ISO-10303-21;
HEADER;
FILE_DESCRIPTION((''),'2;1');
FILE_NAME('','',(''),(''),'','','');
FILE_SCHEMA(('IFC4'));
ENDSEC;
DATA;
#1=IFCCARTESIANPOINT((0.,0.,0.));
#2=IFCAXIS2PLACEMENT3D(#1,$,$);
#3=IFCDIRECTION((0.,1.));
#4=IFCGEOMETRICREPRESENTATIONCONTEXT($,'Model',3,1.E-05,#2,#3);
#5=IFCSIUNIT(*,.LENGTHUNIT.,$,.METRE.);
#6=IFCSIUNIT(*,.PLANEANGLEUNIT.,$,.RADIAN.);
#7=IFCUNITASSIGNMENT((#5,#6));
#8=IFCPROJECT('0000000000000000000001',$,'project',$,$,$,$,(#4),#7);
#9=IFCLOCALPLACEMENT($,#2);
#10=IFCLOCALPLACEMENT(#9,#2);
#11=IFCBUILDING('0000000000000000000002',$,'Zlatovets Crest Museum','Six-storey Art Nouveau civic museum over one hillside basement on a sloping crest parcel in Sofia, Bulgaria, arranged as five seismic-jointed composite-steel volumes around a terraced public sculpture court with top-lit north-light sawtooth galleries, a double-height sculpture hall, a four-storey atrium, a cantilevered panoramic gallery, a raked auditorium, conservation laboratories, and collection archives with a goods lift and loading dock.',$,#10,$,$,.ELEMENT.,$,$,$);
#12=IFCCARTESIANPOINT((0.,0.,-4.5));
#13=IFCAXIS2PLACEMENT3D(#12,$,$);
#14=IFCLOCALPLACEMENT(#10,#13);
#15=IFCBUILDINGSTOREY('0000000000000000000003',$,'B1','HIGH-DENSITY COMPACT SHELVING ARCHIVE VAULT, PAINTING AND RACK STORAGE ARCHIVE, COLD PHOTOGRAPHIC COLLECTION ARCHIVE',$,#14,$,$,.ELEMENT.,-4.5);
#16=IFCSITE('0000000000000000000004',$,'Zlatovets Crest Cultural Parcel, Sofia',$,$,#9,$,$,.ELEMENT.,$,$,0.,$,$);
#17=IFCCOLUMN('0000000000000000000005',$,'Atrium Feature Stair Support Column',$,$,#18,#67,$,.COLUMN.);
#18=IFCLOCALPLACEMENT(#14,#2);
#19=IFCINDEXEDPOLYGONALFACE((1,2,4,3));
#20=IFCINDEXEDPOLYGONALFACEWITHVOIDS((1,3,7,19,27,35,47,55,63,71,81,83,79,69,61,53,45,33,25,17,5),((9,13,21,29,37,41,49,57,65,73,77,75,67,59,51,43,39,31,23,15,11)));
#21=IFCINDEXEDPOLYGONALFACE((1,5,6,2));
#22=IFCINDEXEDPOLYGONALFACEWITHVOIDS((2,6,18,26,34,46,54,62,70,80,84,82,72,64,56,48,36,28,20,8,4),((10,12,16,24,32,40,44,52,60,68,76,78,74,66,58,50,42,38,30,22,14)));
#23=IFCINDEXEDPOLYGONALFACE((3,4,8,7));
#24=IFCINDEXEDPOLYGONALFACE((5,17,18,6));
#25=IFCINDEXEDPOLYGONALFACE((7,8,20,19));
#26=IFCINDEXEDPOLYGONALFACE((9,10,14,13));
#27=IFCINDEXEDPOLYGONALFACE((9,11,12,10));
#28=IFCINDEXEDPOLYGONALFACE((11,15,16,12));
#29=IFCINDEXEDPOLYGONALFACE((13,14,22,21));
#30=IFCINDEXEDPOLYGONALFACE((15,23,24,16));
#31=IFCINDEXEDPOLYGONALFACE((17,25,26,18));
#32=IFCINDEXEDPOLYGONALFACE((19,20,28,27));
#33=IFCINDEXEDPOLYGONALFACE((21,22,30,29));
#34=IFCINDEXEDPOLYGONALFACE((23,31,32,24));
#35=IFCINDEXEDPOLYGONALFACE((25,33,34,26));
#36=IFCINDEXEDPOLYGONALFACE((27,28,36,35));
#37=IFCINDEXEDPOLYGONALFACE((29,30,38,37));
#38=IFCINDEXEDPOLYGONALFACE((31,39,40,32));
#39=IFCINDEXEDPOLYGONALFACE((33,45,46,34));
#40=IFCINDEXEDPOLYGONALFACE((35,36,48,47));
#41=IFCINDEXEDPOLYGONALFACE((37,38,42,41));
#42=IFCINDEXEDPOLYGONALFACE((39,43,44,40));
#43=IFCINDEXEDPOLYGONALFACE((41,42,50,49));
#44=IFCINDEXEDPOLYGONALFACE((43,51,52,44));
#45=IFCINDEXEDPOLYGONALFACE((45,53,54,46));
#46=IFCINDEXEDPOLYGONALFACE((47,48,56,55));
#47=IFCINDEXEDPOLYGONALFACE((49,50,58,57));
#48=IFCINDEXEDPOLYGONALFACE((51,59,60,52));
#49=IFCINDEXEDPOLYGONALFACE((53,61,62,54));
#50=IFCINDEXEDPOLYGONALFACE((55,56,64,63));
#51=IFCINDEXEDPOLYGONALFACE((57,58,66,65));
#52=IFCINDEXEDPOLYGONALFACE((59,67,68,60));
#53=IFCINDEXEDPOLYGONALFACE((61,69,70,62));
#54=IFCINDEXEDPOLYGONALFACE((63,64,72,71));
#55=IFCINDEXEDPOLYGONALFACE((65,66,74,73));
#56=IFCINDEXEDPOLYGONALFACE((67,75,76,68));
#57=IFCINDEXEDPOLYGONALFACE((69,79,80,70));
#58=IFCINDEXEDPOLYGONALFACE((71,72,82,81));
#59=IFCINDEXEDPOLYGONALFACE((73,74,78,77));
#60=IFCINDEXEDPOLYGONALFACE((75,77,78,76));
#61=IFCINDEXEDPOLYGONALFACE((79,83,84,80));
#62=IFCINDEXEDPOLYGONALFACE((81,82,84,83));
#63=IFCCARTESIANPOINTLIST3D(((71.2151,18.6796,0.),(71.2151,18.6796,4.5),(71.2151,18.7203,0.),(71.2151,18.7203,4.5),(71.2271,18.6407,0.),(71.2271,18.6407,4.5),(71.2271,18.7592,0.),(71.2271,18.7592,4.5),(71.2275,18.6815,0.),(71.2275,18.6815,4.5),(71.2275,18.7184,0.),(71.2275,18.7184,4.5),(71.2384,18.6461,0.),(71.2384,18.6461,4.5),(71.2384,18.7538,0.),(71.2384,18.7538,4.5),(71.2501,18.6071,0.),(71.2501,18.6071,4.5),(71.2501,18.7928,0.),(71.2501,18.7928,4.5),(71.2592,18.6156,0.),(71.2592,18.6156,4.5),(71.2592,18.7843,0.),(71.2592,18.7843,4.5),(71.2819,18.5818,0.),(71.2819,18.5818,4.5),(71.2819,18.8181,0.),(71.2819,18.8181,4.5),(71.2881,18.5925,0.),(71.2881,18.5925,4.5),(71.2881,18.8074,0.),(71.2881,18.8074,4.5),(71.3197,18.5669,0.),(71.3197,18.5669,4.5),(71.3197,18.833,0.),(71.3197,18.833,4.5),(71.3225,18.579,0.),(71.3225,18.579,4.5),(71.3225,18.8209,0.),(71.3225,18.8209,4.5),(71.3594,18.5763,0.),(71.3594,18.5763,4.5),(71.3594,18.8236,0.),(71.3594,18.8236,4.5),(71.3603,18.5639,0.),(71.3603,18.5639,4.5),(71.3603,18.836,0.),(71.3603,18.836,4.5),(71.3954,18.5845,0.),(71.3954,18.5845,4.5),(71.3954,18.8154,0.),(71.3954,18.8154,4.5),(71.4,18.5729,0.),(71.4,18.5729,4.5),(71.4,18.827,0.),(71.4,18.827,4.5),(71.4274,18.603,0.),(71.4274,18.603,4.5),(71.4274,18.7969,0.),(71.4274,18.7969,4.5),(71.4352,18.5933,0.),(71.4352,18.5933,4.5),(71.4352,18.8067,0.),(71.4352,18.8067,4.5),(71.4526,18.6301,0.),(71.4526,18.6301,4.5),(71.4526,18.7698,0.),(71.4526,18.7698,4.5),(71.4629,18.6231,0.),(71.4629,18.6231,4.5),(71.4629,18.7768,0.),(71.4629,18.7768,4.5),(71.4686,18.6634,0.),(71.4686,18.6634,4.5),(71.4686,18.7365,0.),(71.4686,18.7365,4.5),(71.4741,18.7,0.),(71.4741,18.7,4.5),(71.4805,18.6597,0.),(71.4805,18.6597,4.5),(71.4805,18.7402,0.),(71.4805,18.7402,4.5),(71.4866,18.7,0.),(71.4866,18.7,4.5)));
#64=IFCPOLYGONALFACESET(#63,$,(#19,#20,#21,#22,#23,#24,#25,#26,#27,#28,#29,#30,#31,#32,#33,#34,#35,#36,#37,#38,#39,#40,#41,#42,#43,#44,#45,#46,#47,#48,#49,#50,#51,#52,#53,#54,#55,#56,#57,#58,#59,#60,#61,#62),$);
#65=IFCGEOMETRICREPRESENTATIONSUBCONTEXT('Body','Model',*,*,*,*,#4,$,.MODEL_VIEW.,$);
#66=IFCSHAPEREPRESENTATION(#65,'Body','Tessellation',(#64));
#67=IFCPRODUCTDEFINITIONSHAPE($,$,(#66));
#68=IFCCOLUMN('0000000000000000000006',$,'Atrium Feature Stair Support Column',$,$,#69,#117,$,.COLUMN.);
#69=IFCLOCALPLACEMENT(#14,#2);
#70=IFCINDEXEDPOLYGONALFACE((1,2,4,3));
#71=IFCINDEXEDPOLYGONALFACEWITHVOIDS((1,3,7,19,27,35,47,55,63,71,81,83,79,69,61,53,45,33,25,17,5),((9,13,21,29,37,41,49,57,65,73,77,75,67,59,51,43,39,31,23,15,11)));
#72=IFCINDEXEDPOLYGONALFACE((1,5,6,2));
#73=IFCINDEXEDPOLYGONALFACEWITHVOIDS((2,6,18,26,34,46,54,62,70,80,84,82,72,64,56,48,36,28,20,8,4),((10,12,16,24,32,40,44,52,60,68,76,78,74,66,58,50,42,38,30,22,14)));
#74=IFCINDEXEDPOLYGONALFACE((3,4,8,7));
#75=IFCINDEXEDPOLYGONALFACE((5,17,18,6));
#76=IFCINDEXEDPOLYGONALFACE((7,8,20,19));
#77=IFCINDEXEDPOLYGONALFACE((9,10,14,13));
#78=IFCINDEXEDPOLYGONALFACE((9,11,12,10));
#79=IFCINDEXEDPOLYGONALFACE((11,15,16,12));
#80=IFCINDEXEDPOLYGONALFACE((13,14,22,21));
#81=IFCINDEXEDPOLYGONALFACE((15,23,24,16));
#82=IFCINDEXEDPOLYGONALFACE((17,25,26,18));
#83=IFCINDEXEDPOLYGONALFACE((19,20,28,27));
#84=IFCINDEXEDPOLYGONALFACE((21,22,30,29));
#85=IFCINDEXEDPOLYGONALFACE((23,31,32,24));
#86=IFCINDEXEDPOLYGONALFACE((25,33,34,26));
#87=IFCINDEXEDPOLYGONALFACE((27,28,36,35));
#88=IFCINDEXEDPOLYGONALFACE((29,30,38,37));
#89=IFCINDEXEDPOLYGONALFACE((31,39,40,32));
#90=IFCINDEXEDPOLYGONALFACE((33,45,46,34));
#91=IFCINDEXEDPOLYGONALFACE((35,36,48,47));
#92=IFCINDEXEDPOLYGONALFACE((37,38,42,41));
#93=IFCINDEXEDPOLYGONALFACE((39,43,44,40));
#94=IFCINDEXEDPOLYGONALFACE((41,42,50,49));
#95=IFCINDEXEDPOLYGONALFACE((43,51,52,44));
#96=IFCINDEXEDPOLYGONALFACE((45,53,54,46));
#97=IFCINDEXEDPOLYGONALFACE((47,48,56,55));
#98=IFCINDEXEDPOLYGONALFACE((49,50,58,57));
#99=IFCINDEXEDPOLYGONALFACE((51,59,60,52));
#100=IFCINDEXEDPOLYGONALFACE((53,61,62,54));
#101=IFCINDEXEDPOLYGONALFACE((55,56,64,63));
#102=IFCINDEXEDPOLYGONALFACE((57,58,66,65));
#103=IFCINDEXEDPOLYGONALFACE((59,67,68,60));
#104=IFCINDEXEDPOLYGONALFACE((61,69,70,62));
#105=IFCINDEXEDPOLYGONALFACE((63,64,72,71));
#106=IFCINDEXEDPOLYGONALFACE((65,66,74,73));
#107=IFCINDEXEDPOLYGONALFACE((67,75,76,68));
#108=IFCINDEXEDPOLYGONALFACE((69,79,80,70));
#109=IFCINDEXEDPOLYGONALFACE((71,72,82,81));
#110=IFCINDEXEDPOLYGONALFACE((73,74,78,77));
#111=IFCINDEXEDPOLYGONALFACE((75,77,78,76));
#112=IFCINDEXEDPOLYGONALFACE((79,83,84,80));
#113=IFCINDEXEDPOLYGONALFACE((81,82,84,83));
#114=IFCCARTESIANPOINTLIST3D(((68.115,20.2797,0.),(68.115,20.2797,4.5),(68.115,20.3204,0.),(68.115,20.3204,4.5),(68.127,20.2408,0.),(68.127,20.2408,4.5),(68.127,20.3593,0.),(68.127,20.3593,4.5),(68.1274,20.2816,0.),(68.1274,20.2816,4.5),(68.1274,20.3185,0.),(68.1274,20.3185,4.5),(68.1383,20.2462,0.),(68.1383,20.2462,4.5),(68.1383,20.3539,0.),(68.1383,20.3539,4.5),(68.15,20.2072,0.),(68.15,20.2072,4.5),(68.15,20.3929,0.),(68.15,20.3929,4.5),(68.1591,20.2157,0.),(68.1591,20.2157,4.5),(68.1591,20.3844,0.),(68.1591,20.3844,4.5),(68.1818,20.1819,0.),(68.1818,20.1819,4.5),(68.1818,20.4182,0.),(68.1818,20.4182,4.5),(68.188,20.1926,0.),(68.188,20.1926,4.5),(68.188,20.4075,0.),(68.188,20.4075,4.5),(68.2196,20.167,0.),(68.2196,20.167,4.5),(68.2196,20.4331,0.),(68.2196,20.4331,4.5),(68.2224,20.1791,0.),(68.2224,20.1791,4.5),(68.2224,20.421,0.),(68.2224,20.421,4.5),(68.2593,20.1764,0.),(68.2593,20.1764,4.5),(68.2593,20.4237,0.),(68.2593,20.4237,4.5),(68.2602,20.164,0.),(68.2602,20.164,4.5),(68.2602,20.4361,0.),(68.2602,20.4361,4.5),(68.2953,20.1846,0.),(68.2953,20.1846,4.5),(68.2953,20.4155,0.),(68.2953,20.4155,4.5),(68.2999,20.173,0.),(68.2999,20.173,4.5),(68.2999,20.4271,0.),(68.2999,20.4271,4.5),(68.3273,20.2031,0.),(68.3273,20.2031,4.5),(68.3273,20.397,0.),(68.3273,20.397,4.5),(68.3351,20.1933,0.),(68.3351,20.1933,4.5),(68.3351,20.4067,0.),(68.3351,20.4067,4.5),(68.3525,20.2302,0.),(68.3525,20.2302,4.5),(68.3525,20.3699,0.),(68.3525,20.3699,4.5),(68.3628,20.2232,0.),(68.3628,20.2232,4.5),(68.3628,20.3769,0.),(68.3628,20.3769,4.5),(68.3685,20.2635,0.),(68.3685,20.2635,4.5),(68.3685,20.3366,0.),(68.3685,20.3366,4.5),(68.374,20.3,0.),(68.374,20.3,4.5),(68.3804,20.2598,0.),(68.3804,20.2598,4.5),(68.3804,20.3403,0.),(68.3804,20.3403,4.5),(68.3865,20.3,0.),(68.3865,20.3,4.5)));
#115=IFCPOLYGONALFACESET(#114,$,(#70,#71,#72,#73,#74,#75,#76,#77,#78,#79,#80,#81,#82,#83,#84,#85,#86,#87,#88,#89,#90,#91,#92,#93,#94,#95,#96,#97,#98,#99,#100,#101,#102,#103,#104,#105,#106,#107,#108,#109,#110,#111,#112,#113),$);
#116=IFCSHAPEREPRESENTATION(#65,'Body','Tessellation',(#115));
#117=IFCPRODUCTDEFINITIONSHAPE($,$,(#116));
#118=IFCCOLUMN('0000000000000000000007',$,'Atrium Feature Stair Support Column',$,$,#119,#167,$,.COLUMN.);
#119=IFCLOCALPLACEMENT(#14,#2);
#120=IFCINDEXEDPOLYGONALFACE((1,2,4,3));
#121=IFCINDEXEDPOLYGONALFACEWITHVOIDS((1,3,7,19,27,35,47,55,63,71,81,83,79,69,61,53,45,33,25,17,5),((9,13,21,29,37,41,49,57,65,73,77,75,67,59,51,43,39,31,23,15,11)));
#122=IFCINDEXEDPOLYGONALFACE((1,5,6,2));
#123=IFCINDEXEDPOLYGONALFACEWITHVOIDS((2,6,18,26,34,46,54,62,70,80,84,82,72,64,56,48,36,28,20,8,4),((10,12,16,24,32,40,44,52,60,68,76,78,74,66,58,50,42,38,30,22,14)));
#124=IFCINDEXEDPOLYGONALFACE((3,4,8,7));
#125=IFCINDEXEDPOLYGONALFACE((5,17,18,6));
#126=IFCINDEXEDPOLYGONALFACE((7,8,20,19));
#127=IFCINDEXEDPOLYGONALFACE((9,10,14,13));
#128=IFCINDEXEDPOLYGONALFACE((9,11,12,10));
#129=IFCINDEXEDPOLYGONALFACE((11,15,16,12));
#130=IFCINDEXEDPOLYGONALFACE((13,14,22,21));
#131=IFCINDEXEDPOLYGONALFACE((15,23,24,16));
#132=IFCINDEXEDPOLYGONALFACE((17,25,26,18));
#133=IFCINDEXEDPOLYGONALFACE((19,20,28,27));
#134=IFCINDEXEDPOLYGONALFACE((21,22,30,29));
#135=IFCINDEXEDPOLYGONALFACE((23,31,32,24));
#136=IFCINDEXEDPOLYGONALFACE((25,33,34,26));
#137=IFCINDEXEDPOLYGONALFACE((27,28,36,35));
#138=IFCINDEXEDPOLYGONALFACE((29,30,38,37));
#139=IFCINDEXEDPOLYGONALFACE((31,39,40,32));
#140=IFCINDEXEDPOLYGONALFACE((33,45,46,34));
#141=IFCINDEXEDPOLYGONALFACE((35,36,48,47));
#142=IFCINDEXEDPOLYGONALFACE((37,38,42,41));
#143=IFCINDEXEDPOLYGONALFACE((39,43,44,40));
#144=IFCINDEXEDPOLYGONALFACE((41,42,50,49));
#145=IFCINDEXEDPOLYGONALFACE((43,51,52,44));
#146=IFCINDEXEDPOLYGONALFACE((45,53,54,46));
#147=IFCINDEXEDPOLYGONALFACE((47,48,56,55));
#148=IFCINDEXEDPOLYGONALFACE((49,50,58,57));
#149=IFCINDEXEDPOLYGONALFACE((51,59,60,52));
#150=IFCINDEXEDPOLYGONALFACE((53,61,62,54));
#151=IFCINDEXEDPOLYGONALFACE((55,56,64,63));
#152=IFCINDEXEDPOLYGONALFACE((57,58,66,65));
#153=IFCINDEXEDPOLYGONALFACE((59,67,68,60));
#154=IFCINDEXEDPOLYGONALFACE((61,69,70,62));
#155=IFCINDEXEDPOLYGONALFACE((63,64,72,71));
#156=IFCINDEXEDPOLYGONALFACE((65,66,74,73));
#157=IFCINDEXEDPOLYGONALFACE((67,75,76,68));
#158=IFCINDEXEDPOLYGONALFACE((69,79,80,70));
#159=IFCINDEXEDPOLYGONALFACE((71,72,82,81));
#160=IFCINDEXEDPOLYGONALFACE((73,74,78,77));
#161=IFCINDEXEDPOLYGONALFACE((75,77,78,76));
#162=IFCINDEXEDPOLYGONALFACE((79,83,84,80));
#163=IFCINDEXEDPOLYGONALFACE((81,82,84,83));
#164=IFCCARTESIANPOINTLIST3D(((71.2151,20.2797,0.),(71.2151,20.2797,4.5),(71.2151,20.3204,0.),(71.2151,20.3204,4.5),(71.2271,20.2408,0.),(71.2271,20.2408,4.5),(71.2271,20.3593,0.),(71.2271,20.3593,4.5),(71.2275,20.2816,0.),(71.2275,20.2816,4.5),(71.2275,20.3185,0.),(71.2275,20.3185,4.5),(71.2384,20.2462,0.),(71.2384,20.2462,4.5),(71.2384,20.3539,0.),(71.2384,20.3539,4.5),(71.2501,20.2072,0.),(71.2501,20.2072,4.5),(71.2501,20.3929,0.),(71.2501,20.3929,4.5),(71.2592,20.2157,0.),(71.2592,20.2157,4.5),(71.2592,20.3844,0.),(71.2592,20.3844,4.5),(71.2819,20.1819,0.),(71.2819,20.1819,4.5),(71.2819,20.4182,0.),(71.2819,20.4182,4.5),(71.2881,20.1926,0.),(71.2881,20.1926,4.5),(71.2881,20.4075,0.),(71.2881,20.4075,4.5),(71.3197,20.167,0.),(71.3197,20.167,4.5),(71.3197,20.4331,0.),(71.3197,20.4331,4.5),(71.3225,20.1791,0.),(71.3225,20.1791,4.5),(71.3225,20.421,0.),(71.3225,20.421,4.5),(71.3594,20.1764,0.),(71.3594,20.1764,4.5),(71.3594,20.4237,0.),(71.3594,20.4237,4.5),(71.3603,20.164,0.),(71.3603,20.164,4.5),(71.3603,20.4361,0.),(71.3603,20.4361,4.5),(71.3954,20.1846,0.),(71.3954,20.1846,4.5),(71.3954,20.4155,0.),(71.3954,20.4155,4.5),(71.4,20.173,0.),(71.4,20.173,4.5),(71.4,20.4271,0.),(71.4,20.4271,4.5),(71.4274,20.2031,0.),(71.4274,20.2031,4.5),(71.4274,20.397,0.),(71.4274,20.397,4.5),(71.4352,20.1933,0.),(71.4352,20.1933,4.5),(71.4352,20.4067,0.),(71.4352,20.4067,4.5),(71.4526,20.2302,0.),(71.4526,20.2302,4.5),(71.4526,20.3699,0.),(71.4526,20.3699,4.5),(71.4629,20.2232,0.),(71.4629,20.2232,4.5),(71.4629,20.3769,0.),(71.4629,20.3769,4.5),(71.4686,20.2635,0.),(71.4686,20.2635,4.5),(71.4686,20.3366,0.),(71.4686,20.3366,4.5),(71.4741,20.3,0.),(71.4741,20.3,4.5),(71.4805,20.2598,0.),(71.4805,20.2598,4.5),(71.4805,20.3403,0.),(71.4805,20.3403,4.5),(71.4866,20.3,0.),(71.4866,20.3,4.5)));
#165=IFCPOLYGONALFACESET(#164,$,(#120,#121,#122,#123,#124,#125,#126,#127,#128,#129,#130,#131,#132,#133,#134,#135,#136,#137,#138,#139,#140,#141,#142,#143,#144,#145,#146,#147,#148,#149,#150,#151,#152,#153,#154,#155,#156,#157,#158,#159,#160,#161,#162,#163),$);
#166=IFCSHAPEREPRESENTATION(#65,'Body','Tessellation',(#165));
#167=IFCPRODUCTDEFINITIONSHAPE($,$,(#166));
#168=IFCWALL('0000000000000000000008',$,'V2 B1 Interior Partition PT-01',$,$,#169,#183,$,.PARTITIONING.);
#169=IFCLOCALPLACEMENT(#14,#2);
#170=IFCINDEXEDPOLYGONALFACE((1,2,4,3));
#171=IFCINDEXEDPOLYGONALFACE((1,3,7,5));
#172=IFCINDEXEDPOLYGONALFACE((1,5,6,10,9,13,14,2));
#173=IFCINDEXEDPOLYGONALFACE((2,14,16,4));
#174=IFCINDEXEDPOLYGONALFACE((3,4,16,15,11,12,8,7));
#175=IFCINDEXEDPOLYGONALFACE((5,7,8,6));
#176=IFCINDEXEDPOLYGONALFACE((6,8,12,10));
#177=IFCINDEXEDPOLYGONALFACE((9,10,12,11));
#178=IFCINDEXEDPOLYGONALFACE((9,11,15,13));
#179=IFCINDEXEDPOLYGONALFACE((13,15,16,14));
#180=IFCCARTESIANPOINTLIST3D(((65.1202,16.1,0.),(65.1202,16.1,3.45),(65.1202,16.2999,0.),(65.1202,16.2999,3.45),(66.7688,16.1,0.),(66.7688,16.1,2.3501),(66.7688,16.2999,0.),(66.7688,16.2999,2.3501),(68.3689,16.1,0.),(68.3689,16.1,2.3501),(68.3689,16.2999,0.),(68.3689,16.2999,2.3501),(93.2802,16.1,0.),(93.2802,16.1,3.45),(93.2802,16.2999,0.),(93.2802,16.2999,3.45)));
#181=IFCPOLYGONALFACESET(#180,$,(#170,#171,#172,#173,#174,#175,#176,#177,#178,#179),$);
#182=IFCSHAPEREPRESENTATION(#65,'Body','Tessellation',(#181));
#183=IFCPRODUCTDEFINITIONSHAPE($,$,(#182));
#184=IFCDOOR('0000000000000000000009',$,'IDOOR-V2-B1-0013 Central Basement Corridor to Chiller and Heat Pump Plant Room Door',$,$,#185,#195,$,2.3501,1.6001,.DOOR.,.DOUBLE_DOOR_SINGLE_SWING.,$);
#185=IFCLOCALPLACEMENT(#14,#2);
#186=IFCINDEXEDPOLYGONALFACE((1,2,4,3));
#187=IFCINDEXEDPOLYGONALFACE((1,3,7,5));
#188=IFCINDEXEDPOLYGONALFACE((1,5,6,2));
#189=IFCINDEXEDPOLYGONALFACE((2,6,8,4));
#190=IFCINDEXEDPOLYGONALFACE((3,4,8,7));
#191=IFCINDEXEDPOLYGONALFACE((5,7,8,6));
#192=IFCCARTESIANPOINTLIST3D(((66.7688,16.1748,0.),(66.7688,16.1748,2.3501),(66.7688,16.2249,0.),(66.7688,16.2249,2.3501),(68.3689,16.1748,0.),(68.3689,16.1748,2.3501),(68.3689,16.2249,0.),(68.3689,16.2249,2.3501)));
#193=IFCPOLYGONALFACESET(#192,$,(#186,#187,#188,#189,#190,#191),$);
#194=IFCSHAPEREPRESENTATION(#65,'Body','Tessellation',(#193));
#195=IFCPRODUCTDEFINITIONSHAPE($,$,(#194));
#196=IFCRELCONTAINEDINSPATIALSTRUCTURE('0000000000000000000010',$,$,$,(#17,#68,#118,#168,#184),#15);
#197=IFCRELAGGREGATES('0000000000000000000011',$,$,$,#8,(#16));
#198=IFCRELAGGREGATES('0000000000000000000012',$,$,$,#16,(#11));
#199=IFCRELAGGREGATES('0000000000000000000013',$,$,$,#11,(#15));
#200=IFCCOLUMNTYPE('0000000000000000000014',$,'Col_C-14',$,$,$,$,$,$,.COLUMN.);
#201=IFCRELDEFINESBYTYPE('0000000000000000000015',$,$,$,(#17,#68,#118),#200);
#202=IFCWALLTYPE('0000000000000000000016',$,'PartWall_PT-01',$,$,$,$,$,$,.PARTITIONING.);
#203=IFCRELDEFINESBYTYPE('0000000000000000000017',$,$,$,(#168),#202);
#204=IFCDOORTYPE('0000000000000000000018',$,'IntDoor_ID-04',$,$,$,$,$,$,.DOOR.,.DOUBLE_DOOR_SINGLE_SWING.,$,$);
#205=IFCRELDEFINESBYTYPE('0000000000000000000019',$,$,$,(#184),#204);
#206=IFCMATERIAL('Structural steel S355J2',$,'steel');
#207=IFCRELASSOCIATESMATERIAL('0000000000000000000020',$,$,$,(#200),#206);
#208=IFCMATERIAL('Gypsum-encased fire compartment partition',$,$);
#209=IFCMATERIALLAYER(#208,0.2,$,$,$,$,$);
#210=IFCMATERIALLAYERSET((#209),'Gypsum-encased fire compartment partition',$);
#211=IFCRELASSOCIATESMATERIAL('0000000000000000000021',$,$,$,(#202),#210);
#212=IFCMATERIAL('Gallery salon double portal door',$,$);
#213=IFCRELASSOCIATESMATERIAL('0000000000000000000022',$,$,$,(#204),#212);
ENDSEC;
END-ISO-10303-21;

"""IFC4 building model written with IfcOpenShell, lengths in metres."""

from ifc_helpers import new_model, si_unit, direction, frame, frame_2d, origin, origin_2d, place, context, subcontext, project, spatial, rectangle, hollow_circle, extrude, material, layer, layer_set, material_profile, profile_set, type_object, element, fill, save


model = new_model("IFC4")

# Units and contexts
model_context = context("Model", 3, precision=1e-05, world=origin(), true_north=direction((0.0, 1.0)))
body_context = subcontext(model_context, "Body", "Model", "MODEL_VIEW")
ifc_project = project(units=[si_unit("LENGTHUNIT", "METRE"), si_unit("PLANEANGLEUNIT", "RADIAN")], contexts=[model_context])

# Site, building, storey
site_placement = place(None, origin())
site = spatial("IfcSite", under=ifc_project, at=site_placement, Name="Zlatovets Crest Cultural Parcel, Sofia", CompositionType="ELEMENT", RefElevation=0.0)
building_placement = place(site_placement, origin())
building = spatial("IfcBuilding", under=site, at=building_placement, Name="Zlatovets Crest Museum", Description="Six-storey Art Nouveau civic museum over one hillside basement on a sloping crest parcel in Sofia, Bulgaria, arranged as five seismic-jointed composite-steel volumes around a terraced public sculpture court with top-lit north-light sawtooth galleries, a double-height sculpture hall, a four-storey atrium, a cantilevered panoramic gallery, a raked auditorium, conservation laboratories, and collection archives with a goods lift and loading dock.", CompositionType="ELEMENT")
storey_placement = place(building_placement, frame((0.0, 0.0, -4.5)))
storey = spatial("IfcBuildingStorey", under=building, at=storey_placement, Name="B1", Description="HIGH-DENSITY COMPACT SHELVING ARCHIVE VAULT, PAINTING AND RACK STORAGE ARCHIVE, COLD PHOTOGRAPHIC COLLECTION ARCHIVE", CompositionType="ELEMENT", Elevation=-4.5)

# Columns
ifc_material_1 = material(Name="Structural steel S355J2", Category="steel")
ifc_material_profile_1 = material_profile(ifc_material_1, hollow_circle(Radius=0.1365, WallThickness=0.0125, at=origin_2d()), Name="CHS 273.0x12.5")
ifc_profile_set_1 = profile_set([ifc_material_profile_1], Name="Structural steel S355J2")
column_type_1 = type_object("IfcColumnType", Name="Col_C-14", PredefinedType="COLUMN", material=ifc_profile_set_1)
for number, where, z_axis, x_axis, name in (
    (1, (71.3501, 18.7, 0.0), (0.0, 0.0, 1.0), (1.0, 0.0, 0.0), "Atrium Feature Stair Support Column"),
    (2, (68.25, 20.3, 0.0), (0.0, 0.0, 1.0), (1.0, 0.0, 0.0), "Atrium Feature Stair Support Column"),
    (3, (71.3501, 20.3, 0.0), (0.0, 0.0, 1.0), (1.0, 0.0, 0.0), "Atrium Feature Stair Support Column"),
):
    element("IfcColumn", number, at=place(storey_placement, frame(where, z_axis=z_axis, x_axis=x_axis)), inside=storey, type_object=column_type_1, Name=name, PredefinedType="COLUMN", context=body_context, shape_type="SweptSolid", body=[
        extrude(hollow_circle(Radius=0.1365, WallThickness=0.0125, at=origin_2d()), origin(), (0.0, 0.0, 1.0), 4.5),
    ])

# Wall, opening, door
ifc_material_2 = material(Name="Gypsum-encased fire compartment partition")
ifc_layer_1 = layer(ifc_material_2, 0.2)
ifc_layer_set_1 = layer_set([ifc_layer_1], Name="Gypsum-encased fire compartment partition")
wall_type_1 = type_object("IfcWallType", Name="PartWall_PT-01", PredefinedType="PARTITIONING", material=ifc_layer_set_1)
wall_1_placement = place(storey_placement, frame((65.1201, 16.2, 0.0), z_axis=(0.0, 0.0, 1.0), x_axis=(1.0, 0.0, 0.0)))
wall_1 = element("IfcWall", 4, at=wall_1_placement, inside=storey, type_object=wall_type_1, Name="V2 B1 Interior Partition PT-01", PredefinedType="PARTITIONING", context=body_context, shape_type="SweptSolid", body=[
    extrude(rectangle(XDim=28.1599, YDim=0.2, at=frame_2d((14.0801, 0.0))), origin(), (0.0, 0.0, 1.0), 3.45),
])
opening_1_placement = place(wall_1_placement, frame((1.6487, 0.0, 0.0)))
opening_1 = element("IfcOpeningElement", 5, at=opening_1_placement, cuts=wall_1, PredefinedType="OPENING", context=body_context, shape_type="SweptSolid", body=[
    extrude(rectangle(XDim=1.6001, YDim=2.3501, at=frame_2d((0.8, 1.175))), frame((0.0, 0.1099, 0.0), z_axis=(0.0, -1.0, 0.0), x_axis=(1.0, 0.0, 0.0)), (0.0, 0.0, 1.0), 0.22),
])
ifc_material_3 = material(Name="Gallery salon double portal door")
door_type = type_object("IfcDoorType", Name="IntDoor_ID-04", OperationType="DOUBLE_DOOR_SINGLE_SWING", PredefinedType="DOOR", material=ifc_material_3)
door_1_placement = place(opening_1_placement, origin())
door_1 = element("IfcDoor", 6, at=door_1_placement, inside=storey, type_object=door_type, Name="IDOOR-V2-B1-0013 Central Basement Corridor to Chiller and Heat Pump Plant Room Door", OperationType="DOUBLE_DOOR_SINGLE_SWING", OverallHeight=2.3501, OverallWidth=1.6001, PredefinedType="DOOR", context=body_context, shape_type="SweptSolid", body=[
    extrude(rectangle(XDim=1.6001, YDim=2.3501, at=frame_2d((0.8, 1.175))), frame((0.0, 0.0249, 0.0), z_axis=(0.0, -1.0, 0.0), x_axis=(1.0, 0.0, 0.0)), (0.0, 0.0, 1.0), 0.05),
])
fill(opening_1, door_1)

save(model, "model.ifc")
